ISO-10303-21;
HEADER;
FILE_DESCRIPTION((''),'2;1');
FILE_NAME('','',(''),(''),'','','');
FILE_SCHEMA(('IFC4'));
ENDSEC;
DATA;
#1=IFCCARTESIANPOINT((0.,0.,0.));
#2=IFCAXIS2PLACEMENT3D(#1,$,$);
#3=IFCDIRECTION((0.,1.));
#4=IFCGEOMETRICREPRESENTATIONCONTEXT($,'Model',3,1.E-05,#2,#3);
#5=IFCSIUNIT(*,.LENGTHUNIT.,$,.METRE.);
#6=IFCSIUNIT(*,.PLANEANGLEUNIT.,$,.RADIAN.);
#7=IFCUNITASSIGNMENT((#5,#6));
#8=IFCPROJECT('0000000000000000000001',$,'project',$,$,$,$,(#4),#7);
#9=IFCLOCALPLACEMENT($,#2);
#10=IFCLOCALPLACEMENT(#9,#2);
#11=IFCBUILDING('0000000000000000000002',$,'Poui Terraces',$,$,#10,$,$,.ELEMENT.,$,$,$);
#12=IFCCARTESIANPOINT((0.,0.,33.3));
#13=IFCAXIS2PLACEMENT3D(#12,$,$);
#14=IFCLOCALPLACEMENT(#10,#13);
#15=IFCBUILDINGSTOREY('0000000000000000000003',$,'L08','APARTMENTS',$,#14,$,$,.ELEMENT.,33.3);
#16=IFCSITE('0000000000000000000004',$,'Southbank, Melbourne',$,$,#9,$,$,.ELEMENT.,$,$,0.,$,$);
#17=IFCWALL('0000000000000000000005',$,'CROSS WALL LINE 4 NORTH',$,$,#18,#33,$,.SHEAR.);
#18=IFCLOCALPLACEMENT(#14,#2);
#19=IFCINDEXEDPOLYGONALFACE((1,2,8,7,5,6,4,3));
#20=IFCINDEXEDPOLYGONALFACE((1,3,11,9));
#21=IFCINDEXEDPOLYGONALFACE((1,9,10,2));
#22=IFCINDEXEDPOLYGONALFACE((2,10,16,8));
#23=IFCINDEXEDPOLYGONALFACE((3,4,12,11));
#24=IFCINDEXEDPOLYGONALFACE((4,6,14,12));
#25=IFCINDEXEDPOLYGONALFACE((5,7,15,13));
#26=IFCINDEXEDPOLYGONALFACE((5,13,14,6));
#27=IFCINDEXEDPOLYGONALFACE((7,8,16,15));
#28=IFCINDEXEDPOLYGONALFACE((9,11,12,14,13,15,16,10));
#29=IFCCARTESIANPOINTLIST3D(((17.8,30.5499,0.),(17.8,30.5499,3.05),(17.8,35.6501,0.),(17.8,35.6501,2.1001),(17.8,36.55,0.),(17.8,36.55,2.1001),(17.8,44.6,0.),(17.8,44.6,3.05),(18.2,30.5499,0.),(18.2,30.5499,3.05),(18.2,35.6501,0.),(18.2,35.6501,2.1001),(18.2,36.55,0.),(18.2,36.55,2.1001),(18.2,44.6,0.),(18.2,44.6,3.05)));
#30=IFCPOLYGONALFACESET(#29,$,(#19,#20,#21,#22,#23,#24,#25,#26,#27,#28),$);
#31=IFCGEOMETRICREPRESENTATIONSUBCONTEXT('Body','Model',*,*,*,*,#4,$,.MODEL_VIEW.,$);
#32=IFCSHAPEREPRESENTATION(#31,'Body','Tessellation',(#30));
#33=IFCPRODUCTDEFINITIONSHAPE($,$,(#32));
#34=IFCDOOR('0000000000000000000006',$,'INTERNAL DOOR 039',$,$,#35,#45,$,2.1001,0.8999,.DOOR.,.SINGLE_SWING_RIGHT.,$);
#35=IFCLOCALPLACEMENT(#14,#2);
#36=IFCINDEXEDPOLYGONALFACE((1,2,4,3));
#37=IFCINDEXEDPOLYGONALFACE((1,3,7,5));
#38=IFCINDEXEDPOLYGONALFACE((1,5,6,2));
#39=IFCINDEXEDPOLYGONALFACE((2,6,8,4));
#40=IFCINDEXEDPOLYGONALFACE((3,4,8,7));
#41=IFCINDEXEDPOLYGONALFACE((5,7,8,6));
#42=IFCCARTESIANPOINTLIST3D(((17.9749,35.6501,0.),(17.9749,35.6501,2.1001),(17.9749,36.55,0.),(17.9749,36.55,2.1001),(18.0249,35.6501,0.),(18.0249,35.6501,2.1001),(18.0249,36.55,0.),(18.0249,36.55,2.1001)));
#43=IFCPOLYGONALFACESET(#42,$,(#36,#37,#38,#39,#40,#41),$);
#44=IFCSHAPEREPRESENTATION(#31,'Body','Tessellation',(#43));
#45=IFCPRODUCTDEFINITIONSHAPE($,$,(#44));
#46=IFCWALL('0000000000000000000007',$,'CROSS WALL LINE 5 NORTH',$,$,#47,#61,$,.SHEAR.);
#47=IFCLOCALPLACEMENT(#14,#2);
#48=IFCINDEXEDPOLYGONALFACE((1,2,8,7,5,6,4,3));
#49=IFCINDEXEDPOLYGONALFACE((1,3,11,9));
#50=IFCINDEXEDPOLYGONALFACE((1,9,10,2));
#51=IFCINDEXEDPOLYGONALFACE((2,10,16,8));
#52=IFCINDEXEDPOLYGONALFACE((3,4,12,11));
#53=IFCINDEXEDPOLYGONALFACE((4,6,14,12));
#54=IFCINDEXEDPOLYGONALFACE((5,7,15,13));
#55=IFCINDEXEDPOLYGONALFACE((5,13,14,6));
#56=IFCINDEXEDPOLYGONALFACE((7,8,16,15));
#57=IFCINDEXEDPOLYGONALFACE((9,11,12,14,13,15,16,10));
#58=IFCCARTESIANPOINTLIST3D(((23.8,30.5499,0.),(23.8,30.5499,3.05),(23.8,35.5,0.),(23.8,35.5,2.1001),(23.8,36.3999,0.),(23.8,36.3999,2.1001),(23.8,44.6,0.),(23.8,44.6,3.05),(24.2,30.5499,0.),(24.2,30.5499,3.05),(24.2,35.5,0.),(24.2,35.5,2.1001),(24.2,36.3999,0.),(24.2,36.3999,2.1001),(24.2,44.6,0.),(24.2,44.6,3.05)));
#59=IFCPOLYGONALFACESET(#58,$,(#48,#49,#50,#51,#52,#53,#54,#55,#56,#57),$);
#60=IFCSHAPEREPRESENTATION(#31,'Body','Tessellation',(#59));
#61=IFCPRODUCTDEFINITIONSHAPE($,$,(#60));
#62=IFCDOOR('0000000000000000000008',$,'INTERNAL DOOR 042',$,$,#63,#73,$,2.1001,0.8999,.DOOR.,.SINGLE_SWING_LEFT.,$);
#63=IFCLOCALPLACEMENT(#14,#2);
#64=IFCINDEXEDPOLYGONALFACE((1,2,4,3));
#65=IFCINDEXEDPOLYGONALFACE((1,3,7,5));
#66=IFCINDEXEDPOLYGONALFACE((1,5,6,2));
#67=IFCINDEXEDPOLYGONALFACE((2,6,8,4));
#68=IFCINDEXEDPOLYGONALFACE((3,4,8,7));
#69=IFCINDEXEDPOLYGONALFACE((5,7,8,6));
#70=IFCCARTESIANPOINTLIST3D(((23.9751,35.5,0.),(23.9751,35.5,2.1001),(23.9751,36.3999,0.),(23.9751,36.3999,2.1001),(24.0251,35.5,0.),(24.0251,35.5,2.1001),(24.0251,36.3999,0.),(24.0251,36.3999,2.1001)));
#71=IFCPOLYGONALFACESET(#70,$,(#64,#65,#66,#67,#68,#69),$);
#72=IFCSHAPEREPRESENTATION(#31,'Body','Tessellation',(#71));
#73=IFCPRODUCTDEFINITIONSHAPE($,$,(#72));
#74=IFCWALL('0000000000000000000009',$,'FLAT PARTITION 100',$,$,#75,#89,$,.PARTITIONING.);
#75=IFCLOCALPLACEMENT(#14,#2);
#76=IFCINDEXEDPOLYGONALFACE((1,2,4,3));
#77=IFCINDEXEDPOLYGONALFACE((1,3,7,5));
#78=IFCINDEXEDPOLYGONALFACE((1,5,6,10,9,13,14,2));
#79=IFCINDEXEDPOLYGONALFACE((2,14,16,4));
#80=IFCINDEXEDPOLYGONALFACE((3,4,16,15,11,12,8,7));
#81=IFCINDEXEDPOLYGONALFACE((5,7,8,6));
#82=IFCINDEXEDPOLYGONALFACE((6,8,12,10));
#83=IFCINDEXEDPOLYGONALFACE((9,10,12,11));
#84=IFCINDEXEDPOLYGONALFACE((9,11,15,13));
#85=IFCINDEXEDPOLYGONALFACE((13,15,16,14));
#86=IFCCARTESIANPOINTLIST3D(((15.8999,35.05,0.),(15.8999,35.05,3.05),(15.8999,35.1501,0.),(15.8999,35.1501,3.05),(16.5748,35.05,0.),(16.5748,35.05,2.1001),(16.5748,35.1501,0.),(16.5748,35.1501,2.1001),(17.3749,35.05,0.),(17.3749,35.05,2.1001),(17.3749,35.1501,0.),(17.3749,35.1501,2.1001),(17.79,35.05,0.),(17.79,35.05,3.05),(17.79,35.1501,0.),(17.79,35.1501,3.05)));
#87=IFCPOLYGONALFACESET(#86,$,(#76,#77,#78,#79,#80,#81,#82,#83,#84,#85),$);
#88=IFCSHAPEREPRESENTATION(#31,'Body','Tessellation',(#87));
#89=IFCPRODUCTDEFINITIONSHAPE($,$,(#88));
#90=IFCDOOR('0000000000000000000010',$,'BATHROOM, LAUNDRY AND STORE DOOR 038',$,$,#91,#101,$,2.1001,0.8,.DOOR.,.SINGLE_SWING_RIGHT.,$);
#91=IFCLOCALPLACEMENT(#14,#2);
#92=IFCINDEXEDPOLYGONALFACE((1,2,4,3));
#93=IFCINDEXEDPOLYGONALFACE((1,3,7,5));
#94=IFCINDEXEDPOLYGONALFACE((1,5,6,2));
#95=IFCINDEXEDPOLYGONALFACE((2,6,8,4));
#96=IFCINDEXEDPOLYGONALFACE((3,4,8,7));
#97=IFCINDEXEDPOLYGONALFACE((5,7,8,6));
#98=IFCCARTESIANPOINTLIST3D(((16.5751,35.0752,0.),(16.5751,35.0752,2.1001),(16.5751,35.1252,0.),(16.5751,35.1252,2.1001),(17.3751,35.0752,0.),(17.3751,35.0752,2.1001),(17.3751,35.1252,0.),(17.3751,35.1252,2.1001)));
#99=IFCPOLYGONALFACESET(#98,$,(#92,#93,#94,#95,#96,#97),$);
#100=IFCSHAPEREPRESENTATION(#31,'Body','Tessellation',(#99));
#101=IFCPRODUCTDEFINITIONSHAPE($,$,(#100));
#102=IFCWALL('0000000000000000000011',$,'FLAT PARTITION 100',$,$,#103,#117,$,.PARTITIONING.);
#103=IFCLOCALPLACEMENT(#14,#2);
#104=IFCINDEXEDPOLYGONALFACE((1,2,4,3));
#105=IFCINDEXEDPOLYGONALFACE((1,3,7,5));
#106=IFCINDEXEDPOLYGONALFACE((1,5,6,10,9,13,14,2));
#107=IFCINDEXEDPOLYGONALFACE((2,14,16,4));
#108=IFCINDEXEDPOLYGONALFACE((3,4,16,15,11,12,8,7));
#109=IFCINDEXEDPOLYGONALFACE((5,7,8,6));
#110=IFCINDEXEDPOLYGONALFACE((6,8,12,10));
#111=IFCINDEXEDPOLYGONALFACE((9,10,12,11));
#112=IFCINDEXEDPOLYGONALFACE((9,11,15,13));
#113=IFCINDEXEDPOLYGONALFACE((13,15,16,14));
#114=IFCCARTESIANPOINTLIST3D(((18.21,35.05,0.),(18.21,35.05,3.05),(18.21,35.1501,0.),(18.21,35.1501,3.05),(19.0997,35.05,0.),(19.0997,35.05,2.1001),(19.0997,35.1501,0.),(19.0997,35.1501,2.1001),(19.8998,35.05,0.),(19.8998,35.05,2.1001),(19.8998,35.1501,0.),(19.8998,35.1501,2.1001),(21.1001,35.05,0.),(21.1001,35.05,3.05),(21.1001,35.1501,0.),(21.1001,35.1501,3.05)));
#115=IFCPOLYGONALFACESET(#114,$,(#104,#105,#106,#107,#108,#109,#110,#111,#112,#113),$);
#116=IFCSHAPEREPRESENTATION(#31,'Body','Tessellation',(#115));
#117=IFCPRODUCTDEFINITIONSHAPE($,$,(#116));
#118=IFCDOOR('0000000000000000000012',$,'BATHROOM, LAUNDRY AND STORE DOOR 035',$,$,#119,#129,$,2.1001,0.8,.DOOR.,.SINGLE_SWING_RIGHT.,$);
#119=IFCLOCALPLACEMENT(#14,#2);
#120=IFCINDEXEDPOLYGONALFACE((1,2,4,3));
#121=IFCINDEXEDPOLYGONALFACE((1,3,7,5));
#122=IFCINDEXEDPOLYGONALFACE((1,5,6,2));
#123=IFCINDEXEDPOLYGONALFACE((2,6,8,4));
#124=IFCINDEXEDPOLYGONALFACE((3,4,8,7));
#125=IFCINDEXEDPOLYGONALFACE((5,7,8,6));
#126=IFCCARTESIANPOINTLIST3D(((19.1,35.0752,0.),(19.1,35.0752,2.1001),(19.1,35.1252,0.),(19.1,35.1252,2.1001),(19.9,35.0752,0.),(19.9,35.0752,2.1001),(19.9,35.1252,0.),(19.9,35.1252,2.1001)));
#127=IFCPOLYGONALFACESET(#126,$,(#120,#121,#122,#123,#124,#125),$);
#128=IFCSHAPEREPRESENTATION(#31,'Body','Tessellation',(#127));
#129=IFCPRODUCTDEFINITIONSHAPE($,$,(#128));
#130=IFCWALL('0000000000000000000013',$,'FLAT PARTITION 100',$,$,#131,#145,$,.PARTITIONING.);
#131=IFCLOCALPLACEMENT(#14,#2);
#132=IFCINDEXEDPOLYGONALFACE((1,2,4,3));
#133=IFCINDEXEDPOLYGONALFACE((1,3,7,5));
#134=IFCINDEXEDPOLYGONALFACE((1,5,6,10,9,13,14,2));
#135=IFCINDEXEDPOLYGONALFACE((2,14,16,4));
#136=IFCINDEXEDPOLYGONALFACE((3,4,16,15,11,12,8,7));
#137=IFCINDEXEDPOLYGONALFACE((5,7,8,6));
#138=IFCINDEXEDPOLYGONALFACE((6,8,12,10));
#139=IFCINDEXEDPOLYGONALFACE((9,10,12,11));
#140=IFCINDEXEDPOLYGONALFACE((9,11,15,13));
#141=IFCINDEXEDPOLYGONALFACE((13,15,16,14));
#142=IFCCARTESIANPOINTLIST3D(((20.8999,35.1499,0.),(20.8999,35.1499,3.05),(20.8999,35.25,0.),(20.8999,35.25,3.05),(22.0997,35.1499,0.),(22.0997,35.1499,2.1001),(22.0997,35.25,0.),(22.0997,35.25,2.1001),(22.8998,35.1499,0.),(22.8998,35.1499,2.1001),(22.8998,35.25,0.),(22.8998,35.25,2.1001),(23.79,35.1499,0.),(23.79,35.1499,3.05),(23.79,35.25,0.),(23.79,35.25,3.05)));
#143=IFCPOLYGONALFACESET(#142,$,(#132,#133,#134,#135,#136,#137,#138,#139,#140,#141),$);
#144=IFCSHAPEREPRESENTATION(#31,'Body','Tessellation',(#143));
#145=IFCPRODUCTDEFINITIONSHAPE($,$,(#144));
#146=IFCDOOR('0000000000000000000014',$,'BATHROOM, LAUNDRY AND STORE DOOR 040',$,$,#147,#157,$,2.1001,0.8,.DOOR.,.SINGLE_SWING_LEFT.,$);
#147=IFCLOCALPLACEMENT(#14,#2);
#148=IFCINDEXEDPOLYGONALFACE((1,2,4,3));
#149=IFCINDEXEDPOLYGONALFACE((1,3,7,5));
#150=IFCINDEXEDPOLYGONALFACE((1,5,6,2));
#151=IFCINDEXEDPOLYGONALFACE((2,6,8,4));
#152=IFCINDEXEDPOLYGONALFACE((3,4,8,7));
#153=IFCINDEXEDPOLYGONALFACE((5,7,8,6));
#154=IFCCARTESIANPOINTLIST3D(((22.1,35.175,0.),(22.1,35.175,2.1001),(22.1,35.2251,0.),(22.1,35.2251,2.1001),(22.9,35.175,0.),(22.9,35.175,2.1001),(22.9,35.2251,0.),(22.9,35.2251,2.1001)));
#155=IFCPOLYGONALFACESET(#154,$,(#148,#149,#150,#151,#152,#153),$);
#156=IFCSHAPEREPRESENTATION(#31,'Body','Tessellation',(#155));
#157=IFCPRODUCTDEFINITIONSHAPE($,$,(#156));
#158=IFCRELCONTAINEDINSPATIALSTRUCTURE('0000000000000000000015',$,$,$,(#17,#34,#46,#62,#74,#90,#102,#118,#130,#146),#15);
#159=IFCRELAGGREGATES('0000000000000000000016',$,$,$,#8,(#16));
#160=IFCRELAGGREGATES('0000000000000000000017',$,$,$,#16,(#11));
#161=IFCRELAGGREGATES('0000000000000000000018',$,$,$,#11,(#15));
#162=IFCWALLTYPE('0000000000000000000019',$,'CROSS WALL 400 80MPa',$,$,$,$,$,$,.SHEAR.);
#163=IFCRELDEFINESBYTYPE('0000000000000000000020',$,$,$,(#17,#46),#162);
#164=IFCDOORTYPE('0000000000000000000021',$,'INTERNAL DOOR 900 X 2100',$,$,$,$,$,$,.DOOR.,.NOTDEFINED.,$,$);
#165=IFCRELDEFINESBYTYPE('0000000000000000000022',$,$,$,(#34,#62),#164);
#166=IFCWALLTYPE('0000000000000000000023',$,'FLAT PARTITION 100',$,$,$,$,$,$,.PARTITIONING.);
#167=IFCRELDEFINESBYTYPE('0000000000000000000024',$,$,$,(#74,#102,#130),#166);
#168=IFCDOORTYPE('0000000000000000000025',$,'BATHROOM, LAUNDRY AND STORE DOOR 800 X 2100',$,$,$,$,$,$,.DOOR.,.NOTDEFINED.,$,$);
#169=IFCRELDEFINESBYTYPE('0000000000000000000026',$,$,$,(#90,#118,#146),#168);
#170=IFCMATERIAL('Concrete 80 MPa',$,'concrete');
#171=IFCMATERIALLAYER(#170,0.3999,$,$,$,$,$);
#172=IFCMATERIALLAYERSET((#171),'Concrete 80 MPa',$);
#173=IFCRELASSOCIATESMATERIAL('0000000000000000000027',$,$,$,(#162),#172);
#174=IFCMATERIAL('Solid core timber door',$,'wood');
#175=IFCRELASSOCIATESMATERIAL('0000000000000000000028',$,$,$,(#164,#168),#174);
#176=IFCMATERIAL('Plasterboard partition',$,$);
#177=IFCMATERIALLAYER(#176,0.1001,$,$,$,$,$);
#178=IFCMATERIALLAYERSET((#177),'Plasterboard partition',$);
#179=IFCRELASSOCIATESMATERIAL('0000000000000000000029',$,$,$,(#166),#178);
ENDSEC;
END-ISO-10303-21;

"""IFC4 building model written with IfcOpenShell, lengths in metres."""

from ifc_helpers import new_model, si_unit, direction, frame, frame_2d, origin, place, context, subcontext, project, spatial, rectangle, extrude, material, layer, layer_set, type_object, element, fill, save


model = new_model("IFC4")

# Units and contexts
model_context = context("Model", 3, precision=1e-05, world=origin(), true_north=direction((0.0, 1.0)))
body_context = subcontext(model_context, "Body", "Model", "MODEL_VIEW")
ifc_project = project(units=[si_unit("LENGTHUNIT", "METRE"), si_unit("PLANEANGLEUNIT", "RADIAN")], contexts=[model_context])

# Site, building, storey
site_placement = place(None, origin())
site = spatial("IfcSite", under=ifc_project, at=site_placement, Name="Southbank, Melbourne", CompositionType="ELEMENT", RefElevation=0.0)
building_placement = place(site_placement, origin())
building = spatial("IfcBuilding", under=site, at=building_placement, Name="Poui Terraces", CompositionType="ELEMENT")
storey_placement = place(building_placement, frame((0.0, 0.0, 33.3)))
storey = spatial("IfcBuildingStorey", under=building, at=storey_placement, Name="L08", Description="APARTMENTS", CompositionType="ELEMENT", Elevation=33.3)

# Walls, openings, doors
ifc_material_1 = material(Name="Concrete 80 MPa", Category="concrete")
ifc_layer_1 = layer(ifc_material_1, 0.3999)
ifc_layer_set_1 = layer_set([ifc_layer_1], Name="Concrete 80 MPa")
wall_type_1 = type_object("IfcWallType", Name="CROSS WALL 400 80MPa", PredefinedType="SHEAR", material=ifc_layer_set_1)
wall_1_placement = place(storey_placement, frame((18.0, 30.55, 0.0), z_axis=(0.0, 0.0, 1.0), x_axis=(0.0, 1.0, 0.0)))
wall_1 = element("IfcWall", 1, at=wall_1_placement, inside=storey, type_object=wall_type_1, Name="CROSS WALL LINE 4 NORTH", PredefinedType="SHEAR", context=body_context, shape_type="SweptSolid", body=[
    extrude(rectangle(XDim=14.05, YDim=0.3999, at=frame_2d((7.0249, 0.0))), origin(), (0.0, 0.0, 1.0), 3.05),
])
opening_1_placement = place(wall_1_placement, frame((5.1001, 0.0, 0.0)))
opening_1 = element("IfcOpeningElement", 2, at=opening_1_placement, cuts=wall_1, PredefinedType="OPENING", context=body_context, shape_type="SweptSolid", body=[
    extrude(rectangle(XDim=0.8999, YDim=2.1001, at=frame_2d((0.45, 1.05))), frame((0.0, 0.21, 0.0), z_axis=(0.0, -1.0, 0.0), x_axis=(1.0, 0.0, 0.0)), (0.0, 0.0, 1.0), 0.4199),
])
ifc_material_2 = material(Name="Solid core timber door", Category="wood")
door_type_1 = type_object("IfcDoorType", Name="INTERNAL DOOR 900 X 2100", OperationType="NOTDEFINED", PredefinedType="DOOR", material=ifc_material_2)
door_1_placement = place(opening_1_placement, frame((0.8999, 0.0, 0.0), z_axis=(0.0, 0.0, 1.0), x_axis=(-1.0, 0.0, 0.0)))
door_1 = element("IfcDoor", 3, at=door_1_placement, inside=storey, type_object=door_type_1, Name="INTERNAL DOOR 039", OperationType="SINGLE_SWING_RIGHT", OverallHeight=2.1001, OverallWidth=0.8999, PredefinedType="DOOR", context=body_context, shape_type="SweptSolid", body=[
    extrude(rectangle(XDim=0.8999, YDim=2.1001, at=frame_2d((0.45, 1.05))), frame((0.0, 0.0249, 0.0), z_axis=(0.0, -1.0, 0.0), x_axis=(1.0, 0.0, 0.0)), (0.0, 0.0, 1.0), 0.05),
])
fill(opening_1, door_1)
wall_2_placement = place(storey_placement, frame((24.0, 30.55, 0.0), z_axis=(0.0, 0.0, 1.0), x_axis=(0.0, 1.0, 0.0)))
wall_2 = element("IfcWall", 4, at=wall_2_placement, inside=storey, type_object=wall_type_1, Name="CROSS WALL LINE 5 NORTH", PredefinedType="SHEAR", context=body_context, shape_type="SweptSolid", body=[
    extrude(rectangle(XDim=14.05, YDim=0.3999, at=frame_2d((7.0249, 0.0))), origin(), (0.0, 0.0, 1.0), 3.05),
])
opening_2_placement = place(wall_2_placement, frame((4.95, 0.0, 0.0)))
opening_2 = element("IfcOpeningElement", 5, at=opening_2_placement, cuts=wall_2, PredefinedType="OPENING", context=body_context, shape_type="SweptSolid", body=[
    extrude(rectangle(XDim=0.8999, YDim=2.1001, at=frame_2d((0.45, 1.05))), frame((0.0, 0.21, 0.0), z_axis=(0.0, -1.0, 0.0), x_axis=(1.0, 0.0, 0.0)), (0.0, 0.0, 1.0), 0.4199),
])
door_2_placement = place(opening_2_placement, origin())
door_2 = element("IfcDoor", 6, at=door_2_placement, inside=storey, type_object=door_type_1, Name="INTERNAL DOOR 042", OperationType="SINGLE_SWING_LEFT", OverallHeight=2.1001, OverallWidth=0.8999, PredefinedType="DOOR", context=body_context, shape_type="SweptSolid", body=[
    extrude(rectangle(XDim=0.8999, YDim=2.1001, at=frame_2d((0.45, 1.05))), frame((0.0, 0.0249, 0.0), z_axis=(0.0, -1.0, 0.0), x_axis=(1.0, 0.0, 0.0)), (0.0, 0.0, 1.0), 0.05),
])
fill(opening_2, door_2)
ifc_material_3 = material(Name="Plasterboard partition")
ifc_layer_2 = layer(ifc_material_3, 0.1001)
ifc_layer_set_2 = layer_set([ifc_layer_2], Name="Plasterboard partition")
wall_type_2 = type_object("IfcWallType", Name="FLAT PARTITION 100", PredefinedType="PARTITIONING", material=ifc_layer_set_2)
wall_3_placement = place(storey_placement, frame((15.8999, 35.1001, 0.0), z_axis=(0.0, 0.0, 1.0), x_axis=(1.0, 0.0, 0.0)))
wall_3 = element("IfcWall", 7, at=wall_3_placement, inside=storey, type_object=wall_type_2, Name="FLAT PARTITION 100", PredefinedType="PARTITIONING", context=body_context, shape_type="SweptSolid", body=[
    extrude(rectangle(XDim=1.8901, YDim=0.1001, at=frame_2d((0.9451, 0.0))), origin(), (0.0, 0.0, 1.0), 3.05),
])
opening_3_placement = place(wall_3_placement, frame((0.675, 0.0, 0.0)))
opening_3 = element("IfcOpeningElement", 8, at=opening_3_placement, cuts=wall_3, PredefinedType="OPENING", context=body_context, shape_type="SweptSolid", body=[
    extrude(rectangle(XDim=0.8, YDim=2.1001, at=frame_2d((0.3999, 1.05))), frame((0.0, 0.0601, 0.0), z_axis=(0.0, -1.0, 0.0), x_axis=(1.0, 0.0, 0.0)), (0.0, 0.0, 1.0), 0.1201),
])
door_type_2 = type_object("IfcDoorType", Name="BATHROOM, LAUNDRY AND STORE DOOR 800 X 2100", OperationType="NOTDEFINED", PredefinedType="DOOR", material=ifc_material_2)
door_3_placement = place(opening_3_placement, frame((0.8, 0.0, 0.0), z_axis=(0.0, 0.0, 1.0), x_axis=(-1.0, 0.0, 0.0)))
door_3 = element("IfcDoor", 9, at=door_3_placement, inside=storey, type_object=door_type_2, Name="BATHROOM, LAUNDRY AND STORE DOOR 038", OperationType="SINGLE_SWING_RIGHT", OverallHeight=2.1001, OverallWidth=0.8, PredefinedType="DOOR", context=body_context, shape_type="SweptSolid", body=[
    extrude(rectangle(XDim=0.8, YDim=2.1001, at=frame_2d((0.3999, 1.05))), frame((0.0, 0.0249, 0.0), z_axis=(0.0, -1.0, 0.0), x_axis=(1.0, 0.0, 0.0)), (0.0, 0.0, 1.0), 0.05),
])
fill(opening_3, door_3)
wall_4_placement = place(storey_placement, frame((18.21, 35.1001, 0.0), z_axis=(0.0, 0.0, 1.0), x_axis=(1.0, 0.0, 0.0)))
wall_4 = element("IfcWall", 10, at=wall_4_placement, inside=storey, type_object=wall_type_2, Name="FLAT PARTITION 100", PredefinedType="PARTITIONING", context=body_context, shape_type="SweptSolid", body=[
    extrude(rectangle(XDim=2.8901, YDim=0.1001, at=frame_2d((1.4451, 0.0))), origin(), (0.0, 0.0, 1.0), 3.05),
])
opening_4_placement = place(wall_4_placement, frame((0.8899, 0.0, 0.0)))
opening_4 = element("IfcOpeningElement", 11, at=opening_4_placement, cuts=wall_4, PredefinedType="OPENING", context=body_context, shape_type="SweptSolid", body=[
    extrude(rectangle(XDim=0.8, YDim=2.1001, at=frame_2d((0.3999, 1.05))), frame((0.0, 0.0601, 0.0), z_axis=(0.0, -1.0, 0.0), x_axis=(1.0, 0.0, 0.0)), (0.0, 0.0, 1.0), 0.1201),
])
door_4_placement = place(opening_4_placement, frame((0.8, 0.0, 0.0), z_axis=(0.0, 0.0, 1.0), x_axis=(-1.0, 0.0, 0.0)))
door_4 = element("IfcDoor", 12, at=door_4_placement, inside=storey, type_object=door_type_2, Name="BATHROOM, LAUNDRY AND STORE DOOR 035", OperationType="SINGLE_SWING_RIGHT", OverallHeight=2.1001, OverallWidth=0.8, PredefinedType="DOOR", context=body_context, shape_type="SweptSolid", body=[
    extrude(rectangle(XDim=0.8, YDim=2.1001, at=frame_2d((0.3999, 1.05))), frame((0.0, 0.0249, 0.0), z_axis=(0.0, -1.0, 0.0), x_axis=(1.0, 0.0, 0.0)), (0.0, 0.0, 1.0), 0.05),
])
fill(opening_4, door_4)
wall_5_placement = place(storey_placement, frame((20.8999, 35.2, 0.0), z_axis=(0.0, 0.0, 1.0), x_axis=(1.0, 0.0, 0.0)))
wall_5 = element("IfcWall", 13, at=wall_5_placement, inside=storey, type_object=wall_type_2, Name="FLAT PARTITION 100", PredefinedType="PARTITIONING", context=body_context, shape_type="SweptSolid", body=[
    extrude(rectangle(XDim=2.8901, YDim=0.1001, at=frame_2d((1.4451, 0.0))), origin(), (0.0, 0.0, 1.0), 3.05),
])
opening_5_placement = place(wall_5_placement, frame((1.2, 0.0, 0.0)))
opening_5 = element("IfcOpeningElement", 14, at=opening_5_placement, cuts=wall_5, PredefinedType="OPENING", context=body_context, shape_type="SweptSolid", body=[
    extrude(rectangle(XDim=0.8, YDim=2.1001, at=frame_2d((0.3999, 1.05))), frame((0.0, 0.0601, 0.0), z_axis=(0.0, -1.0, 0.0), x_axis=(1.0, 0.0, 0.0)), (0.0, 0.0, 1.0), 0.1201),
])
door_5_placement = place(opening_5_placement, frame((0.8, 0.0, 0.0), z_axis=(0.0, 0.0, 1.0), x_axis=(-1.0, 0.0, 0.0)))
door_5 = element("IfcDoor", 15, at=door_5_placement, inside=storey, type_object=door_type_2, Name="BATHROOM, LAUNDRY AND STORE DOOR 040", OperationType="SINGLE_SWING_LEFT", OverallHeight=2.1001, OverallWidth=0.8, PredefinedType="DOOR", context=body_context, shape_type="SweptSolid", body=[
    extrude(rectangle(XDim=0.8, YDim=2.1001, at=frame_2d((0.3999, 1.05))), frame((0.0, 0.0249, 0.0), z_axis=(0.0, -1.0, 0.0), x_axis=(1.0, 0.0, 0.0)), (0.0, 0.0, 1.0), 0.05),
])
fill(opening_5, door_5)

save(model, "model.ifc")
